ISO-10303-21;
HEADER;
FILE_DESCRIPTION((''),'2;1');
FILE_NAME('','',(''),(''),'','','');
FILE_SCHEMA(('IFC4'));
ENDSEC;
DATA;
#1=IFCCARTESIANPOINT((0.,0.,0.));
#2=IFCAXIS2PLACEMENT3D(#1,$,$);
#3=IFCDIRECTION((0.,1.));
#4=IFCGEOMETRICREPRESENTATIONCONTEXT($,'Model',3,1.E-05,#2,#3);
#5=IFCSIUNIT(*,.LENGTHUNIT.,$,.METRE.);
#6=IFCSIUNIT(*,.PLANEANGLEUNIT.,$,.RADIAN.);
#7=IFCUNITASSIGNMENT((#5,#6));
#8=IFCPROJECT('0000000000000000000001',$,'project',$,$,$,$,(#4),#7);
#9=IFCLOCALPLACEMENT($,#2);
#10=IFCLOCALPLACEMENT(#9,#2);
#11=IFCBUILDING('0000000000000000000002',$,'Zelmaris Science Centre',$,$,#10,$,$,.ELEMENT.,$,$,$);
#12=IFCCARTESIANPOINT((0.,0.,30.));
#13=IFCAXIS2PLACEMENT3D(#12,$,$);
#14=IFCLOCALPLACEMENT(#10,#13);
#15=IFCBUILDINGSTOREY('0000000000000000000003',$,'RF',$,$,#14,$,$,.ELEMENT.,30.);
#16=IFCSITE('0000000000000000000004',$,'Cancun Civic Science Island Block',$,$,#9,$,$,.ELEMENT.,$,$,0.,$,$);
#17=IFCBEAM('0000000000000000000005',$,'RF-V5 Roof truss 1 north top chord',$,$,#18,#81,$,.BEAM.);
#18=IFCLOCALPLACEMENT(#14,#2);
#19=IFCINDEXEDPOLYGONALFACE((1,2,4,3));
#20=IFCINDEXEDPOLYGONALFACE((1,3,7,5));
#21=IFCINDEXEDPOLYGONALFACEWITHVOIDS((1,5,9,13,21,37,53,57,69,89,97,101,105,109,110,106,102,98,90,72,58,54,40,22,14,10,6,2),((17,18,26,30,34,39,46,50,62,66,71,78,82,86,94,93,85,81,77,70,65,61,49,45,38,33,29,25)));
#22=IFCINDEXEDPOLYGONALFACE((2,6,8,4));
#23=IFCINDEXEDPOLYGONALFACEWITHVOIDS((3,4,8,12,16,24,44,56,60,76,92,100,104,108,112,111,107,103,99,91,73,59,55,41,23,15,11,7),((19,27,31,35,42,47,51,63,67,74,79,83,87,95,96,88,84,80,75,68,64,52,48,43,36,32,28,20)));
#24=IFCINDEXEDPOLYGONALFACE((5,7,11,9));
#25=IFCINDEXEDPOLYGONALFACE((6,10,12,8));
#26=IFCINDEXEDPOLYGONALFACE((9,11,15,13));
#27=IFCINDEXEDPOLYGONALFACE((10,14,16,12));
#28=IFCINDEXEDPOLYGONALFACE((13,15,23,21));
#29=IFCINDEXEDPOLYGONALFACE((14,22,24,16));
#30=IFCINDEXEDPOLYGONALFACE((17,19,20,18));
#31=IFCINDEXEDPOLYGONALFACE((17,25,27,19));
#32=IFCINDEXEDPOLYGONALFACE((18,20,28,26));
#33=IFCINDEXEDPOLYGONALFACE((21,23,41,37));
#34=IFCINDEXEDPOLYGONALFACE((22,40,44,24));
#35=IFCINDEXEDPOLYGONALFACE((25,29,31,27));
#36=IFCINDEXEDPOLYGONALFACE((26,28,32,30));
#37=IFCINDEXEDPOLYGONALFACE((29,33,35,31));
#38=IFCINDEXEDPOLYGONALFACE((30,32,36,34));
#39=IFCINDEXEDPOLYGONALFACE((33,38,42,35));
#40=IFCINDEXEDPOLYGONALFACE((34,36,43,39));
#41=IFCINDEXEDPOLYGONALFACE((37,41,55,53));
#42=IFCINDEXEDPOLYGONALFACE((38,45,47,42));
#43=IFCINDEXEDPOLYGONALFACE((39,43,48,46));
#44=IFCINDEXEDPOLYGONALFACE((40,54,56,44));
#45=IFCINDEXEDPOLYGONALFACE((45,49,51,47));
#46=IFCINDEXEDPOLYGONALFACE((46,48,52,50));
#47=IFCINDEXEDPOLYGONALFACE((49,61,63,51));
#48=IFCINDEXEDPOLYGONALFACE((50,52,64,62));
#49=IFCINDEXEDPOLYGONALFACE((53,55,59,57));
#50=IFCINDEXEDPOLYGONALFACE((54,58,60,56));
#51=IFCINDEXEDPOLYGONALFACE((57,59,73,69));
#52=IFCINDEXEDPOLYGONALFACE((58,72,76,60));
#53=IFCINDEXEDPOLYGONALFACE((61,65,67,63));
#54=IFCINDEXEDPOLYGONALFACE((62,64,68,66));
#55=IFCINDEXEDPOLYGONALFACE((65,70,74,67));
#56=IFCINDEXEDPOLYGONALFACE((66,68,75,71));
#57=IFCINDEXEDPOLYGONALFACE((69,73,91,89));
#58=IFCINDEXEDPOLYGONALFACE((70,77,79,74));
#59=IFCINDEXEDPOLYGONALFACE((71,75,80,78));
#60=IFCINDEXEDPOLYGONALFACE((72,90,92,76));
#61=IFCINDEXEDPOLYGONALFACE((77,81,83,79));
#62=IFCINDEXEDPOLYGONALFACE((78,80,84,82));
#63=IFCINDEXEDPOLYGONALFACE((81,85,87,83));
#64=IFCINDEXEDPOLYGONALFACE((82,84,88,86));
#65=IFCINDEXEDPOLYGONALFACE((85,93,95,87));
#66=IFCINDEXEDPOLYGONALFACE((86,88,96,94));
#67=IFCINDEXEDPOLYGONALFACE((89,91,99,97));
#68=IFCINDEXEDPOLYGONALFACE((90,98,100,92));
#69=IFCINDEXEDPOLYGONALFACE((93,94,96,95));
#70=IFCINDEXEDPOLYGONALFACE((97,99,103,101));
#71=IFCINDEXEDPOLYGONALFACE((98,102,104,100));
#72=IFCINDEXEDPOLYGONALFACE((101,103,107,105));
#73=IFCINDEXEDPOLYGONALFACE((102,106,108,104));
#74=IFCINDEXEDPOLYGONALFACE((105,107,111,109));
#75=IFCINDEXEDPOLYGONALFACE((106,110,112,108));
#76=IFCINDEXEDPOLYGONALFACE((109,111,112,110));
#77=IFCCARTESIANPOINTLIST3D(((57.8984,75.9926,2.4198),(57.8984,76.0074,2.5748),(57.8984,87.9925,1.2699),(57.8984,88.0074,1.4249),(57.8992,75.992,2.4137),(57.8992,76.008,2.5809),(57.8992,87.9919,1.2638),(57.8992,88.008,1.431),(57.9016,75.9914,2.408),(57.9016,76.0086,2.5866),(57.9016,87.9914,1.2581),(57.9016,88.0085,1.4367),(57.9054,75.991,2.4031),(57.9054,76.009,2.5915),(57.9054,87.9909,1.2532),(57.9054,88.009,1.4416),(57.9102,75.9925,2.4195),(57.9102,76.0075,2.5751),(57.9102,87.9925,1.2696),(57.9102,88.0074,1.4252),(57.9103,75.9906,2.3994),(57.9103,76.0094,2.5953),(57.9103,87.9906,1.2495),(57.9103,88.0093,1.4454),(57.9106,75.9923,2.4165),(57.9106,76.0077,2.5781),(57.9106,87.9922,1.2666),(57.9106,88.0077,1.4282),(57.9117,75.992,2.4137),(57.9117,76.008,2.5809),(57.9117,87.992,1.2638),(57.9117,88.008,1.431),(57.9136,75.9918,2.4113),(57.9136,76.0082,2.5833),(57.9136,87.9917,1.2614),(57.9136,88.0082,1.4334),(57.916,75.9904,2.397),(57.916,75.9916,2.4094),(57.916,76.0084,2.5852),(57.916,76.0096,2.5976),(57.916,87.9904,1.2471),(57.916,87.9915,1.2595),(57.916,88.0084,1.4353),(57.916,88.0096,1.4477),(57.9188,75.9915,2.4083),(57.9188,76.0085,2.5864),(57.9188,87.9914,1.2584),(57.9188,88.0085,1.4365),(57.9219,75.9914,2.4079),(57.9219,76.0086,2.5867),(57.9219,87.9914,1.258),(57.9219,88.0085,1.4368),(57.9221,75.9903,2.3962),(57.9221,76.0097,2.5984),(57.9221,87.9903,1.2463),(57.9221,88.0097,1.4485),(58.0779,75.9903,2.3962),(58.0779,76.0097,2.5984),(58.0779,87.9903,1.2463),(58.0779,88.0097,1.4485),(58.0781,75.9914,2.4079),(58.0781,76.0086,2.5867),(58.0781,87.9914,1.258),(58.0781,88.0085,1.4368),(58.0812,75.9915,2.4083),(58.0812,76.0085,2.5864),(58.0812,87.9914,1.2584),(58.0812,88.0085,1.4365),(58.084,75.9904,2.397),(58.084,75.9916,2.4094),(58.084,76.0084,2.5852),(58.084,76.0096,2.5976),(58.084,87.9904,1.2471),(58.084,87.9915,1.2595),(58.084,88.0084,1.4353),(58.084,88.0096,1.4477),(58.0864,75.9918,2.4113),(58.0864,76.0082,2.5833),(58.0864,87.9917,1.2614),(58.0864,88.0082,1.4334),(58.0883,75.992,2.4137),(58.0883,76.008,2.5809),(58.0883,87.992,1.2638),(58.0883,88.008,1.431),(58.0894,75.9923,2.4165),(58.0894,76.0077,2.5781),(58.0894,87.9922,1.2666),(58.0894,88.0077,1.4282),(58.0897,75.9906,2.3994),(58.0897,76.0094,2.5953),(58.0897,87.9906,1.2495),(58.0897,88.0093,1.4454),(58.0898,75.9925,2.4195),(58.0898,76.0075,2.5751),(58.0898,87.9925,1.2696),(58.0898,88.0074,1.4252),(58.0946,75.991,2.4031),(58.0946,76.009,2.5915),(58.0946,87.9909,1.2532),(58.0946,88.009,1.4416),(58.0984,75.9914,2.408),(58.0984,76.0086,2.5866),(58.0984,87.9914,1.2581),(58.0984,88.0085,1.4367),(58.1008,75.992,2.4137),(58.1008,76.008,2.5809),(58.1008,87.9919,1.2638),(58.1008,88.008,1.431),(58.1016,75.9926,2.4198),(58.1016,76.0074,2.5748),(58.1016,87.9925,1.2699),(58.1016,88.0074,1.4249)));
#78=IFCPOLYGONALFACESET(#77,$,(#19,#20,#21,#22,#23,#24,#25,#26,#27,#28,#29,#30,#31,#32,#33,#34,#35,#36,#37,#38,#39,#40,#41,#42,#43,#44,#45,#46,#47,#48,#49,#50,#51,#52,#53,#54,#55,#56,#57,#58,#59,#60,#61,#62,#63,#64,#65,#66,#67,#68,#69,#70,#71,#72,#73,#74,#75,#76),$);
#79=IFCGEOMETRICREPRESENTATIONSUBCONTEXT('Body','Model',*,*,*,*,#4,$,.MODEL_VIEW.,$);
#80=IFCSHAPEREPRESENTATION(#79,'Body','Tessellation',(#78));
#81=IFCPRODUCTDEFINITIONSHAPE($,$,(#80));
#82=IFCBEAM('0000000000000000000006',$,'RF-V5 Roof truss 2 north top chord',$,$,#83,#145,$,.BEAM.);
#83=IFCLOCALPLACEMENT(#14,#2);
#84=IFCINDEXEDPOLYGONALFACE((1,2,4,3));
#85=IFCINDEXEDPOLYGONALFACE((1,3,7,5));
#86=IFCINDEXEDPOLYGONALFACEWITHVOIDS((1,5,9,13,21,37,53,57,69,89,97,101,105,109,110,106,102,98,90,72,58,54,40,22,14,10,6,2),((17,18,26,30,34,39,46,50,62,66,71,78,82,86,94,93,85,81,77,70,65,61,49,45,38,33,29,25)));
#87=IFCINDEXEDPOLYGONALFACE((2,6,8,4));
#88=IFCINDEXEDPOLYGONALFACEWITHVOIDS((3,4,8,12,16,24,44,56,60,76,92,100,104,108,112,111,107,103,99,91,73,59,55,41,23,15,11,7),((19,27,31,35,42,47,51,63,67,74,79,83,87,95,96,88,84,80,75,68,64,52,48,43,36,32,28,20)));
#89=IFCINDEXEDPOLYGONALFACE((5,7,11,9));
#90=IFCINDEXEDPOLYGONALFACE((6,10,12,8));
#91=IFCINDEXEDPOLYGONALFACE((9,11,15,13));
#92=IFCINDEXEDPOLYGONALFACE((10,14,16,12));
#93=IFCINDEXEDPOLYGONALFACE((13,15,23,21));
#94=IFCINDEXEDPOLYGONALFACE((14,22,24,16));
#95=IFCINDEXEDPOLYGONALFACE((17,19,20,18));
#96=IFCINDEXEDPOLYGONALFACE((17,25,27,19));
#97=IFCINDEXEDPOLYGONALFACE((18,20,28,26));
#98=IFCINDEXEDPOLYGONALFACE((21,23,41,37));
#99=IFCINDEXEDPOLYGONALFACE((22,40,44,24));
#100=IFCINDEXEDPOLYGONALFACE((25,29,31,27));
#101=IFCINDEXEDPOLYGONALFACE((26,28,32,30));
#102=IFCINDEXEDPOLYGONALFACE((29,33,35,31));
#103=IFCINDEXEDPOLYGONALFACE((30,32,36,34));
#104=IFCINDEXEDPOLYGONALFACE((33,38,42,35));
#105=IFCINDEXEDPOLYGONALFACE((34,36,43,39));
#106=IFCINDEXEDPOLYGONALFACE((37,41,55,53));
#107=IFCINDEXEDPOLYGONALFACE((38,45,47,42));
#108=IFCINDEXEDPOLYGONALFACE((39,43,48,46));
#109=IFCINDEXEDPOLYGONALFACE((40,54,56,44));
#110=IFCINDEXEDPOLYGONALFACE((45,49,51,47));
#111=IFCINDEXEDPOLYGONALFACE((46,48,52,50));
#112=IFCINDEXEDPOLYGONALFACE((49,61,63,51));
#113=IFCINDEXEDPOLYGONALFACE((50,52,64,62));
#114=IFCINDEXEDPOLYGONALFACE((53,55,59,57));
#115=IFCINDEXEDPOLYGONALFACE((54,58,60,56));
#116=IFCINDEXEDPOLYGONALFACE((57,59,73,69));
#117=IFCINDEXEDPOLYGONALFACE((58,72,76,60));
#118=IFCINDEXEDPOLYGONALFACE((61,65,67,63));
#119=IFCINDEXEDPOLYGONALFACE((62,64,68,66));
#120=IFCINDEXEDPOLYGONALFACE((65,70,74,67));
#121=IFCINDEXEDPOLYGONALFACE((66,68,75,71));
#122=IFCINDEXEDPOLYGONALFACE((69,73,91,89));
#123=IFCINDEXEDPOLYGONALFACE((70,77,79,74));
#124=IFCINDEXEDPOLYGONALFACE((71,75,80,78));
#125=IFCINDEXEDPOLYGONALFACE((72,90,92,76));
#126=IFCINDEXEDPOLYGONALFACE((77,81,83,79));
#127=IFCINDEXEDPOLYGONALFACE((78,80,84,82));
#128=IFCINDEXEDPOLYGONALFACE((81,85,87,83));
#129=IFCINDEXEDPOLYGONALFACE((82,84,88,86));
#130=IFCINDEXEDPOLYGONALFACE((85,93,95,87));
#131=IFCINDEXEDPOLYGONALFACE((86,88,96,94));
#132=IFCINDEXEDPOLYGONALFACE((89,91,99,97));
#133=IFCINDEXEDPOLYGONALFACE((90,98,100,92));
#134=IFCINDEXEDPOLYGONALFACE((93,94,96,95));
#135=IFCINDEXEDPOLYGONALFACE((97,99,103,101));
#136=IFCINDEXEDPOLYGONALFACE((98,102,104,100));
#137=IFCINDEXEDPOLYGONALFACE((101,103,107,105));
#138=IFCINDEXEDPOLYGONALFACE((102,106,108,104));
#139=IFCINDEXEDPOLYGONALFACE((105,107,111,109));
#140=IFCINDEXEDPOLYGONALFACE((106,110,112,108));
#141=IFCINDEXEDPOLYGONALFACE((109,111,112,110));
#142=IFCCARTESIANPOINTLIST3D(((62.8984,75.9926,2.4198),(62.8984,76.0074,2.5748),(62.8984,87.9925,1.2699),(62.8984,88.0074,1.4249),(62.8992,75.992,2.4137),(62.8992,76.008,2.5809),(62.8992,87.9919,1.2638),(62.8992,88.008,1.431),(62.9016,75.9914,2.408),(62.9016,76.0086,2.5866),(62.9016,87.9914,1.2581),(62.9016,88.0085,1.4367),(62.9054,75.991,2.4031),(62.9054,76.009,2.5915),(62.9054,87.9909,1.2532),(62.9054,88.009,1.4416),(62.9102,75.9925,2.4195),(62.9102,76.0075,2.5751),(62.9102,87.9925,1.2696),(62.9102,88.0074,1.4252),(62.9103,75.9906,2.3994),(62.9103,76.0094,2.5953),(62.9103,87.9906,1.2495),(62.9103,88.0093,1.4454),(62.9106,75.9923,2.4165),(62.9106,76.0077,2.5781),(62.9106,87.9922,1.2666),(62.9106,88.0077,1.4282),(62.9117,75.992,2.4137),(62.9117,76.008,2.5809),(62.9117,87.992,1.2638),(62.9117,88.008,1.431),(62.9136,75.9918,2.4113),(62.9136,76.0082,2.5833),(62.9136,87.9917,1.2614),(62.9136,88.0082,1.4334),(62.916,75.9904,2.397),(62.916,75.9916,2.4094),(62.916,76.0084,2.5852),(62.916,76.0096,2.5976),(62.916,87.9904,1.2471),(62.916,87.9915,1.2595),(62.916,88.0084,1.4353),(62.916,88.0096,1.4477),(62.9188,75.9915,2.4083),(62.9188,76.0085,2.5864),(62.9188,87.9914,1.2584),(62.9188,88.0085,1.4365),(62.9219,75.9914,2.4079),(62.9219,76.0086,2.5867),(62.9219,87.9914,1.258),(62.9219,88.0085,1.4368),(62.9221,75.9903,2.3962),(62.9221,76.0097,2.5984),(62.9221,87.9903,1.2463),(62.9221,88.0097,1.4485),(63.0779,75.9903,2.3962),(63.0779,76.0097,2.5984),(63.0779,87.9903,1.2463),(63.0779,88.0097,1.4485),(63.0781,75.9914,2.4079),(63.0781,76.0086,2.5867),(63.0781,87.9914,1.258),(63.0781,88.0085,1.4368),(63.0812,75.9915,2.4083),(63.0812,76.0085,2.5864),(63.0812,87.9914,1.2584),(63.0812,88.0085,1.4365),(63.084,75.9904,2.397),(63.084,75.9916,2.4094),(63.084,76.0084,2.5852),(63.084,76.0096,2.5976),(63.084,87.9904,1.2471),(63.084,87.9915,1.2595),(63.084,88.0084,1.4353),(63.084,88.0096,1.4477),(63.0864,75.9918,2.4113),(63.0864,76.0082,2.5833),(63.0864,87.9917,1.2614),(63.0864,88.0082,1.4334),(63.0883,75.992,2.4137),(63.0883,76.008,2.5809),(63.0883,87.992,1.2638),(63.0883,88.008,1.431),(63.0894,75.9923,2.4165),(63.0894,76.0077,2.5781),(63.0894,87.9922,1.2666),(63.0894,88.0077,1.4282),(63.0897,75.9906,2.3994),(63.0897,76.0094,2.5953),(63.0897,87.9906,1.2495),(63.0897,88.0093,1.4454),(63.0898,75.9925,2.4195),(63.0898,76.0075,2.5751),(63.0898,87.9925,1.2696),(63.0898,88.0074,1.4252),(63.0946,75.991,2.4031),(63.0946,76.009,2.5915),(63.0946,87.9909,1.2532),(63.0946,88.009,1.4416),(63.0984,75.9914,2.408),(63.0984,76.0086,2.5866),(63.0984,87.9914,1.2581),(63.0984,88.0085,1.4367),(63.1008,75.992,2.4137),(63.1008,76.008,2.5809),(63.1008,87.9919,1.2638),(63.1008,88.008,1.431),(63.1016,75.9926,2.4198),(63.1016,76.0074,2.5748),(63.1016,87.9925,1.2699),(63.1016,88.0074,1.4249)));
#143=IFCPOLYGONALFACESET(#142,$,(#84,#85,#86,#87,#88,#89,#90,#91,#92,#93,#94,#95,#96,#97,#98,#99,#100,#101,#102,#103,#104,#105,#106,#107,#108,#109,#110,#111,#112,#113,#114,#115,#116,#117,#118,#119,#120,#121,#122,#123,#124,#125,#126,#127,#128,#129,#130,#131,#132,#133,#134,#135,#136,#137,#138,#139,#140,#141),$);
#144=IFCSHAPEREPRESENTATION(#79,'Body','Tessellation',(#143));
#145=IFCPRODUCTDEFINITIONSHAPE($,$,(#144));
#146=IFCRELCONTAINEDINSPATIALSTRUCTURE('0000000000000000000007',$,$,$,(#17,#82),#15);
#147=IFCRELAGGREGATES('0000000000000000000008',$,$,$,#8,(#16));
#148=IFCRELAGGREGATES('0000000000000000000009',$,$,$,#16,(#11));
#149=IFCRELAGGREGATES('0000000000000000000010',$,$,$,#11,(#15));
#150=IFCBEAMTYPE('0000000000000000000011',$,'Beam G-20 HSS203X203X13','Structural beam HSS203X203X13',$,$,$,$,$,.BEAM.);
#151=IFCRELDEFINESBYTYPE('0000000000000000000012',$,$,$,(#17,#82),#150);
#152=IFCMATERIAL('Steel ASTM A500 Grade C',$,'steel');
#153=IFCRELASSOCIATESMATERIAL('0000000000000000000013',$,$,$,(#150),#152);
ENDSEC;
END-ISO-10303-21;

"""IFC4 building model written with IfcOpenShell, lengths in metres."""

from ifc_helpers import new_model, si_unit, direction, frame, origin, origin_2d, place, context, subcontext, project, spatial, hollow_rectangle, extrude, material, material_profile, profile_set, type_object, element, save


model = new_model("IFC4")

# Units and contexts
model_context = context("Model", 3, precision=1e-05, world=origin(), true_north=direction((0.0, 1.0)))
body_context = subcontext(model_context, "Body", "Model", "MODEL_VIEW")
ifc_project = project(units=[si_unit("LENGTHUNIT", "METRE"), si_unit("PLANEANGLEUNIT", "RADIAN")], contexts=[model_context])

# Site, building, storey
site_placement = place(None, origin())
site = spatial("IfcSite", under=ifc_project, at=site_placement, Name="Cancun Civic Science Island Block", CompositionType="ELEMENT", RefElevation=0.0)
building_placement = place(site_placement, origin())
building = spatial("IfcBuilding", under=site, at=building_placement, Name="Zelmaris Science Centre", CompositionType="ELEMENT")
storey_placement = place(building_placement, frame((0.0, 0.0, 30.0)))
storey = spatial("IfcBuildingStorey", under=building, at=storey_placement, Name="RF", CompositionType="ELEMENT", Elevation=30.0)

# Beams
ifc_material = material(Name="Steel ASTM A500 Grade C", Category="steel")
ifc_material_profile_1 = material_profile(ifc_material, hollow_rectangle(XDim=0.2031, YDim=0.2031, WallThickness=0.0117, InnerFilletRadius=0.0117, OuterFilletRadius=0.0237, at=origin_2d()), Name="HSS203X203X13")
ifc_profile_set_1 = profile_set([ifc_material_profile_1], Name="Steel ASTM A500 Grade C")
beam_type = type_object("IfcBeamType", Name="Beam G-20 HSS203X203X13", Description="Structural beam HSS203X203X13", PredefinedType="BEAM", material=ifc_profile_set_1)
for number, where, z_axis, x_axis, name in (
    (1, (58.0, 76.0, 2.4973), (0.0, 0.99544, -0.095388), (-1.0, 0.0, 0.0), "RF-V5 Roof truss 1 north top chord"),
    (2, (63.0, 76.0, 2.4973), (0.0, 0.99544, -0.095388), (-1.0, 0.0, 0.0), "RF-V5 Roof truss 2 north top chord"),
):
    element("IfcBeam", number, at=place(storey_placement, frame(where, z_axis=z_axis, x_axis=x_axis)), inside=storey, type_object=beam_type, Name=name, PredefinedType="BEAM", context=body_context, shape_type="SweptSolid", body=[
        extrude(hollow_rectangle(XDim=0.2031, YDim=0.2031, WallThickness=0.0117, InnerFilletRadius=0.0117, OuterFilletRadius=0.0237, at=origin_2d()), origin(), (0.0, 0.0, 1.0), 12.0549),
    ])

save(model, "model.ifc")
